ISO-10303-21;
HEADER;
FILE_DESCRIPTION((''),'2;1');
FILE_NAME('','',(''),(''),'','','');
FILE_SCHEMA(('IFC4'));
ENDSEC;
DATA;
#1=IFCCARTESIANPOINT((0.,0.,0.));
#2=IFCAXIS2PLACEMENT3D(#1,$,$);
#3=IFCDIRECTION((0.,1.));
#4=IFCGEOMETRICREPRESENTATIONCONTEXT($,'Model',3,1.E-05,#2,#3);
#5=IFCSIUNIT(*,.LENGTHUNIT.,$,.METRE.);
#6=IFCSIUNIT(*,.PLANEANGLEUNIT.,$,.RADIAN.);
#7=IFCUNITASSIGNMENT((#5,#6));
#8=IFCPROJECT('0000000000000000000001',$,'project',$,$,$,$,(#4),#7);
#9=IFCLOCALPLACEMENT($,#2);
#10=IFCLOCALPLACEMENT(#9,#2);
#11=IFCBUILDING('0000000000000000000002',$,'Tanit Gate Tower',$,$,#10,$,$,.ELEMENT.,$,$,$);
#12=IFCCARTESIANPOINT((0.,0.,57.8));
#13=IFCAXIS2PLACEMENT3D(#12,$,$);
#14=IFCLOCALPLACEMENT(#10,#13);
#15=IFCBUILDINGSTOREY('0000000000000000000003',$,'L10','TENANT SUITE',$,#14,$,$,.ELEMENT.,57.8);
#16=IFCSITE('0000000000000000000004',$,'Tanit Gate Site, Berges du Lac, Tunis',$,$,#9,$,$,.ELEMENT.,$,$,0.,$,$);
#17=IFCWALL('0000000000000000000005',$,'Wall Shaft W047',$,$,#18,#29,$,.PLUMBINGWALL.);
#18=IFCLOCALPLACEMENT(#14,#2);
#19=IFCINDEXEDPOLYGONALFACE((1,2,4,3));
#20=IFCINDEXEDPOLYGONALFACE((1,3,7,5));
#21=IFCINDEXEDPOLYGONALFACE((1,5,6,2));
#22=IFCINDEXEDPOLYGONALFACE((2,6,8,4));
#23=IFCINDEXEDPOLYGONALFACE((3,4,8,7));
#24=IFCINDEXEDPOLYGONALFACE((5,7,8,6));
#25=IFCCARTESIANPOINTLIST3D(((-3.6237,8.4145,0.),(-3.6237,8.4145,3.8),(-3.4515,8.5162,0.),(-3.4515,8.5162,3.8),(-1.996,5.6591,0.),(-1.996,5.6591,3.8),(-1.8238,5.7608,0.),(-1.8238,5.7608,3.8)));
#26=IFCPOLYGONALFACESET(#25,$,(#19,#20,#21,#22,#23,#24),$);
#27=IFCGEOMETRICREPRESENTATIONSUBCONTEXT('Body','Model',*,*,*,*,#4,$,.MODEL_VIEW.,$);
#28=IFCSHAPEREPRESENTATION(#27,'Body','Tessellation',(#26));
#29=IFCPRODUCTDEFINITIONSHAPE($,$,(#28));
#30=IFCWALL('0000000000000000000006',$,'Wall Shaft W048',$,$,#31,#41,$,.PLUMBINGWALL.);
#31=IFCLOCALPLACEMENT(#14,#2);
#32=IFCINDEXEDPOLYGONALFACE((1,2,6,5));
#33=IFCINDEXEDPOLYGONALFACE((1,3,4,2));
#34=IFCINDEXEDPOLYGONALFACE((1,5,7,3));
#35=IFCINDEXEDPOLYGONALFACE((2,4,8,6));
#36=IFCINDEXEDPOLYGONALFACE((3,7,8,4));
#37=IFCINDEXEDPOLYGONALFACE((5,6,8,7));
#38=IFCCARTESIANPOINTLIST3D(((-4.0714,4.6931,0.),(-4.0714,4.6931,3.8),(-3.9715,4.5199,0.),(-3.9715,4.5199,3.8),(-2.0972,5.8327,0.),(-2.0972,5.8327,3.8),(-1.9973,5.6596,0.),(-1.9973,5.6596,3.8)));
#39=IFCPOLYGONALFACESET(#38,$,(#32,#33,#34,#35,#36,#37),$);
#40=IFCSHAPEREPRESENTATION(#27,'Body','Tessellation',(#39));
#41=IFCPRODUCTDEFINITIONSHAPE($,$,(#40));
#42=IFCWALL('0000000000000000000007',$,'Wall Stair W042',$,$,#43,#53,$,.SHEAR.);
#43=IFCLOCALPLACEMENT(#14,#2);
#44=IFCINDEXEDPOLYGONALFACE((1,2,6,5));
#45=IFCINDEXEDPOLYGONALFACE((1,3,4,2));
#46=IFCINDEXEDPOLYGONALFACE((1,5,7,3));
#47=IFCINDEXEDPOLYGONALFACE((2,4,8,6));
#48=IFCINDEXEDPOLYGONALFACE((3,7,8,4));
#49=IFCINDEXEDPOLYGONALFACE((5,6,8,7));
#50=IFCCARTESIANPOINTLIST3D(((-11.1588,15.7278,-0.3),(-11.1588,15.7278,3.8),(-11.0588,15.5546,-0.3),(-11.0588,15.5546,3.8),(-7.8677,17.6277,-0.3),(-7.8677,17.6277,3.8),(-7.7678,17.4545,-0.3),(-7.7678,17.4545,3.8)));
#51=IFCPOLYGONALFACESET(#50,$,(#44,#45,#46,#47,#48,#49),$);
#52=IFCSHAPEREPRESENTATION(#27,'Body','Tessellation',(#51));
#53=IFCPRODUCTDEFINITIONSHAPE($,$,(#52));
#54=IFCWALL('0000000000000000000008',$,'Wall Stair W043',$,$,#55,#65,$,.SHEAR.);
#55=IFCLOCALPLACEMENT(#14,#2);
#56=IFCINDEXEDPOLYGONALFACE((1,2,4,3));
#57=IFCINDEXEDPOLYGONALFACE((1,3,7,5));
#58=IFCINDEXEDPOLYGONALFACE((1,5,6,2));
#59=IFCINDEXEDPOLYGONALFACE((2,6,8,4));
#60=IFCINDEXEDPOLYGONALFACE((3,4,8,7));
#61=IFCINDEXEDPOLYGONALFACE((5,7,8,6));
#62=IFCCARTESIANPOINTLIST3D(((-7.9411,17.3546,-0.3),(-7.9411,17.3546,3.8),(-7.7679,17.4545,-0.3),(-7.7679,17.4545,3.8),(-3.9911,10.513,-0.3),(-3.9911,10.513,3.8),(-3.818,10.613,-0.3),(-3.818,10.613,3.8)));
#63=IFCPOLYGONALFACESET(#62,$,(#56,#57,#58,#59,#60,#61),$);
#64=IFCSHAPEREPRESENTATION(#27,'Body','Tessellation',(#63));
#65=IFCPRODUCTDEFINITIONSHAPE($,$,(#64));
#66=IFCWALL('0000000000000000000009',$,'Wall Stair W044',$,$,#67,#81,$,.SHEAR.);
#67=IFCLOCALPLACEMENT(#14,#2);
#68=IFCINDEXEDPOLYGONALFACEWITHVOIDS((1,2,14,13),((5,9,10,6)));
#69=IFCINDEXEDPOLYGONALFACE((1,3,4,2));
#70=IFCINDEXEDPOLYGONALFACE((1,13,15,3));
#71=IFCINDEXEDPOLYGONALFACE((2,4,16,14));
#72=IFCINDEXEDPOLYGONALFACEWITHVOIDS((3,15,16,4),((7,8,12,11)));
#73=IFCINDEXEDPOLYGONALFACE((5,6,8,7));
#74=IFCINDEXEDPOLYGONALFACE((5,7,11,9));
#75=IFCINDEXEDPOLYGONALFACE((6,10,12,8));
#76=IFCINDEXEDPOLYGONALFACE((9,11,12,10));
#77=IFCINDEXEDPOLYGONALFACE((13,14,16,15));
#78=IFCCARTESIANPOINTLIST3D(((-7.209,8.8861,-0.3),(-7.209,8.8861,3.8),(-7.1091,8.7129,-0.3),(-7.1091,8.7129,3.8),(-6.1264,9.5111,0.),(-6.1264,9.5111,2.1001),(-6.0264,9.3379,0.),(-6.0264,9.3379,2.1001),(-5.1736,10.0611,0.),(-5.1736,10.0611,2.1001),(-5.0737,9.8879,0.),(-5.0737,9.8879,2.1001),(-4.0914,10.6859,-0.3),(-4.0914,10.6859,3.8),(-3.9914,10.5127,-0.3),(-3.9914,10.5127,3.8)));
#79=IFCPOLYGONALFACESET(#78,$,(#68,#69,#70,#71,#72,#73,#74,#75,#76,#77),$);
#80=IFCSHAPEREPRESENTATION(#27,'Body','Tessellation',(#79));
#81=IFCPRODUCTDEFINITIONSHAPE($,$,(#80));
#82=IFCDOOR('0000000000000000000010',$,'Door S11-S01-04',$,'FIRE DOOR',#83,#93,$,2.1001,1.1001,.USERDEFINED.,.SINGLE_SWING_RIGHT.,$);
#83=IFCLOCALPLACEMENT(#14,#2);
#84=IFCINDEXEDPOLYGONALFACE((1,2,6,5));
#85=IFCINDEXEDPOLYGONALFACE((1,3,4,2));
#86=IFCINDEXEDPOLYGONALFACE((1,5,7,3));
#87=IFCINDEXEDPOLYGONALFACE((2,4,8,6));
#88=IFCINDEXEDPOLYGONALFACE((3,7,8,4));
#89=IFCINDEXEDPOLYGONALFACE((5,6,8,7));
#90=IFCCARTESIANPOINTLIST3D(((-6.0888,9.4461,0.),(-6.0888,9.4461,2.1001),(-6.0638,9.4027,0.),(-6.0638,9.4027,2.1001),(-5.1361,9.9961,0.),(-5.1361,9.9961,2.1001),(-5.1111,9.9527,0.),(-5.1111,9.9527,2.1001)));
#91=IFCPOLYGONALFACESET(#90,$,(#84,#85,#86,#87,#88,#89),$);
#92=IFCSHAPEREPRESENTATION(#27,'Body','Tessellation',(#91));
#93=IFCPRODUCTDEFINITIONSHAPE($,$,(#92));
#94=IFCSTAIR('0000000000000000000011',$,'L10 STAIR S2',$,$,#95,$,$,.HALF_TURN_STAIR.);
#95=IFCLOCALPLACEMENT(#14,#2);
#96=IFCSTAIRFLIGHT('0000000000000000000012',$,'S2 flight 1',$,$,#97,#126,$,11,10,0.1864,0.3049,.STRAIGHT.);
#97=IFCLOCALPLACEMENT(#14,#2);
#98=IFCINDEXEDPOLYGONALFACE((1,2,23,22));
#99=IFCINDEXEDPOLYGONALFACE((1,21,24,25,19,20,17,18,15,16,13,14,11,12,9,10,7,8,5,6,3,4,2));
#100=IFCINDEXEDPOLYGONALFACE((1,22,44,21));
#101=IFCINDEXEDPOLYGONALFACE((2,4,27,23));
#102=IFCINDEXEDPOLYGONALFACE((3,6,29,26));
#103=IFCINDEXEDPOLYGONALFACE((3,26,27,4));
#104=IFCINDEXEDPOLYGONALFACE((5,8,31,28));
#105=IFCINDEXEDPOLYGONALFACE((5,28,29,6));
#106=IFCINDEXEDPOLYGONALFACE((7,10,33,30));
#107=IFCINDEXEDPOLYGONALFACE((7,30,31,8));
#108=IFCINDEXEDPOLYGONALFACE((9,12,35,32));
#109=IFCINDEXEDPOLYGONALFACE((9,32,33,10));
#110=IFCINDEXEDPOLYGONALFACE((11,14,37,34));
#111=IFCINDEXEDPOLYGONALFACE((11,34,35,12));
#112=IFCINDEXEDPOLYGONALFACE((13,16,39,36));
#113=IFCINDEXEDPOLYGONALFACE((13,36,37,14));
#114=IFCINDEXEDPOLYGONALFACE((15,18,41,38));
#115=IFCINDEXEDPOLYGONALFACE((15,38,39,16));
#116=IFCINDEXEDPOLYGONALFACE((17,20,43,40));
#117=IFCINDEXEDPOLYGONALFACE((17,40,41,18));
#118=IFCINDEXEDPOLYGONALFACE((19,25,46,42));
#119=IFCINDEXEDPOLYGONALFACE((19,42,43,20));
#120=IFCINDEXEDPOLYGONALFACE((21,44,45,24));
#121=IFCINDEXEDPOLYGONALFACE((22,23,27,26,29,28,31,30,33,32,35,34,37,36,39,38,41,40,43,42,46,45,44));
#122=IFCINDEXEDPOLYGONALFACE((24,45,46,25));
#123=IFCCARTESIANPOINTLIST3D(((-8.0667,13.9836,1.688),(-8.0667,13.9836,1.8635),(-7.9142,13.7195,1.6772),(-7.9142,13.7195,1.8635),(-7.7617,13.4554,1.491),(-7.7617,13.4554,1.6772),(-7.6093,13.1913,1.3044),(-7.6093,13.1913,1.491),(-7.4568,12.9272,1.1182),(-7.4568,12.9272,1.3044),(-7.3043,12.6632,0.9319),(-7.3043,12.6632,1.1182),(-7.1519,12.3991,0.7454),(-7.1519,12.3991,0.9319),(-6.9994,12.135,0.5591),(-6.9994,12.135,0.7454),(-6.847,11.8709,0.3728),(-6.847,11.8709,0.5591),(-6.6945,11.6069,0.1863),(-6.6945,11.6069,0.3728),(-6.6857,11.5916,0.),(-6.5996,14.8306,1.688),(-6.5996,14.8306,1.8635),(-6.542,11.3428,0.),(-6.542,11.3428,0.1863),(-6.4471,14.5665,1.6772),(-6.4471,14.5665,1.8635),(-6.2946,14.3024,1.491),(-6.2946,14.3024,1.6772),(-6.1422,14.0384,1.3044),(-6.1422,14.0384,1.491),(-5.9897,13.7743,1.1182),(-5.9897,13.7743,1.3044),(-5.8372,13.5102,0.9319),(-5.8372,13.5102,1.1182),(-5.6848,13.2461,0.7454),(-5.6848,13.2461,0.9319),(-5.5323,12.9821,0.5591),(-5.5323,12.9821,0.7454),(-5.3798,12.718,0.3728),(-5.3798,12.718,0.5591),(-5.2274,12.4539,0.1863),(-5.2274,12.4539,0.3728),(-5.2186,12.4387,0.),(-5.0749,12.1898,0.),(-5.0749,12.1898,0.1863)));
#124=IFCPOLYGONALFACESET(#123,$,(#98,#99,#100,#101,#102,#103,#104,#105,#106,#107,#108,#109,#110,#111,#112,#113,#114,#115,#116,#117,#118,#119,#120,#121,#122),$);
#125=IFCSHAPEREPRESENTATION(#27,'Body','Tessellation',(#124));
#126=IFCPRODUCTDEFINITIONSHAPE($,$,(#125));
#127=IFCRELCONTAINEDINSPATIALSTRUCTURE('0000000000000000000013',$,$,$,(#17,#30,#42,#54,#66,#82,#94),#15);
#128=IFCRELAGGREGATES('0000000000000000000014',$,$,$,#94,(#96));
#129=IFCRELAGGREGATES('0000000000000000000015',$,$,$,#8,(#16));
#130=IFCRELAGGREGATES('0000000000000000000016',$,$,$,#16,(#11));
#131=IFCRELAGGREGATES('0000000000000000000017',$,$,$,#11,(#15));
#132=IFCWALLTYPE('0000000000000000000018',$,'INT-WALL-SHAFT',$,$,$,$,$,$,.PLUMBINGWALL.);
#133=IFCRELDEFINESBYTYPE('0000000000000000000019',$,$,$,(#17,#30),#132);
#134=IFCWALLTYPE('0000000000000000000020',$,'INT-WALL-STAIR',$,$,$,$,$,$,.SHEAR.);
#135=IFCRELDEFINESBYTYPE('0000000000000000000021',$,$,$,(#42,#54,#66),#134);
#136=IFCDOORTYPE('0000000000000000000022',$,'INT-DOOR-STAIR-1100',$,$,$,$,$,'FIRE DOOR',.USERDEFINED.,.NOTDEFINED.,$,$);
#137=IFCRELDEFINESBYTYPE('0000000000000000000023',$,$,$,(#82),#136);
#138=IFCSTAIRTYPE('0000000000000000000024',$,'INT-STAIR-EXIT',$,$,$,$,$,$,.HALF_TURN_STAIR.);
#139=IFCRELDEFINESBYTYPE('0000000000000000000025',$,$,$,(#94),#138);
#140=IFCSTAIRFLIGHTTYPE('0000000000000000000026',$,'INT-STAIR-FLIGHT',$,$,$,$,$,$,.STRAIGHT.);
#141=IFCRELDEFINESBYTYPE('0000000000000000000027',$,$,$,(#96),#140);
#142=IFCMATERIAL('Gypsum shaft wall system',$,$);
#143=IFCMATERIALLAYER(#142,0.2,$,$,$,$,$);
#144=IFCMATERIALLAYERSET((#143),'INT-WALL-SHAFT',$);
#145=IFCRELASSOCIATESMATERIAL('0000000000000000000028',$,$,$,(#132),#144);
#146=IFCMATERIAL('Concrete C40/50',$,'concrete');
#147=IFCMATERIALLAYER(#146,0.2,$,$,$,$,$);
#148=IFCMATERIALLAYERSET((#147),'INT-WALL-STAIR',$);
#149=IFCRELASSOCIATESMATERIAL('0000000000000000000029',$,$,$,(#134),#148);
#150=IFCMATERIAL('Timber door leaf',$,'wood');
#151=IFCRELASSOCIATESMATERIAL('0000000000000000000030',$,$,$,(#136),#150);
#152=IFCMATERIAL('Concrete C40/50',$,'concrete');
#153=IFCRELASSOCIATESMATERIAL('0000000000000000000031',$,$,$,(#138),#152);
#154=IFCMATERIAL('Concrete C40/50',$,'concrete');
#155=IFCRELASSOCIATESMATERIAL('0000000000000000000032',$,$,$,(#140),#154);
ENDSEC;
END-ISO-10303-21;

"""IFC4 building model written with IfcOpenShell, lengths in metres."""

from ifc_helpers import new_model, si_unit, direction, frame, frame_2d, origin, place, context, subcontext, project, spatial, polyline, rectangle, outline, extrude, material, layer, layer_set, type_object, element, fill, aggregate, save


model = new_model("IFC4")

# Units and contexts
model_context = context("Model", 3, precision=1e-05, world=origin(), true_north=direction((0.0, 1.0)))
body_context = subcontext(model_context, "Body", "Model", "MODEL_VIEW")
ifc_project = project(units=[si_unit("LENGTHUNIT", "METRE"), si_unit("PLANEANGLEUNIT", "RADIAN")], contexts=[model_context])

# Site, building, storey
site_placement = place(None, origin())
site = spatial("IfcSite", under=ifc_project, at=site_placement, Name="Tanit Gate Site, Berges du Lac, Tunis", CompositionType="ELEMENT", RefElevation=0.0)
building_placement = place(site_placement, origin())
building = spatial("IfcBuilding", under=site, at=building_placement, Name="Tanit Gate Tower", CompositionType="ELEMENT")
storey_placement = place(building_placement, frame((0.0, 0.0, 57.8)))
storey = spatial("IfcBuildingStorey", under=building, at=storey_placement, Name="L10", Description="TENANT SUITE", CompositionType="ELEMENT", Elevation=57.8)

# Shared definitions
ifc_material_1 = material(Name="Gypsum shaft wall system")
ifc_layer_1 = layer(ifc_material_1, 0.2)
ifc_layer_set_1 = layer_set([ifc_layer_1], Name="INT-WALL-SHAFT")
wall_type_1 = type_object("IfcWallType", Name="INT-WALL-SHAFT", PredefinedType="PLUMBINGWALL", material=ifc_layer_set_1)

# Walls
wall_1_placement = place(storey_placement, frame((-3.5376, 8.4653, 0.0), z_axis=(0.0, 0.0, 1.0), x_axis=(0.508616, -0.860993, 0.0)))
element("IfcWall", 1, at=wall_1_placement, inside=storey, type_object=wall_type_1, Name="Wall Shaft W047", PredefinedType="PLUMBINGWALL", context=body_context, shape_type="SweptSolid", body=[
    extrude(rectangle(XDim=3.2002, YDim=0.2, at=frame_2d((1.6001, 0.0))), origin(), (0.0, 0.0, 1.0), 3.8),
])
wall_2_placement = place(storey_placement, frame((-2.0474, 5.7461, 0.0), z_axis=(0.0, 0.0, 1.0), x_axis=(-0.866046, -0.499964, 0.0)))
element("IfcWall", 2, at=wall_2_placement, inside=storey, type_object=wall_type_1, Name="Wall Shaft W048", PredefinedType="PLUMBINGWALL", context=body_context, shape_type="SweptSolid", body=[
    extrude(rectangle(XDim=2.2795, YDim=0.2, at=frame_2d((1.1396, 0.0))), origin(), (0.0, 0.0, 1.0), 3.8),
])
ifc_material_2 = material(Name="Concrete C40/50", Category="concrete")
ifc_layer_2 = layer(ifc_material_2, 0.2)
ifc_layer_set_2 = layer_set([ifc_layer_2], Name="INT-WALL-STAIR")
wall_type_2 = type_object("IfcWallType", Name="INT-WALL-STAIR", PredefinedType="SHEAR", material=ifc_layer_set_2)
wall_3_placement = place(storey_placement, frame((-7.8179, 17.541, -0.3), z_axis=(0.0, 0.0, 1.0), x_axis=(-0.866044, -0.499967, 0.0)))
element("IfcWall", 3, at=wall_3_placement, inside=storey, type_object=wall_type_2, Name="Wall Stair W042", PredefinedType="SHEAR", context=body_context, shape_type="SweptSolid", body=[
    extrude(rectangle(XDim=3.8, YDim=0.2, at=frame_2d((1.8999, 0.0))), origin(), (0.0, 0.0, 1.0), 4.1001),
])
wall_4_placement = place(storey_placement, frame((-7.8545, 17.4045, -0.3), z_axis=(0.0, 0.0, 1.0), x_axis=(0.499998, -0.866027, 0.0)))
element("IfcWall", 4, at=wall_4_placement, inside=storey, type_object=wall_type_2, Name="Wall Stair W043", PredefinedType="SHEAR", context=body_context, shape_type="SweptSolid", body=[
    extrude(rectangle(XDim=7.8999, YDim=0.2, at=frame_2d((3.95, 0.0))), origin(), (0.0, 0.0, 1.0), 4.1001),
])

# Wall, opening, door
wall_5_placement = place(storey_placement, frame((-7.1589, 8.7996, -0.3), z_axis=(0.0, 0.0, 1.0), x_axis=(0.866048, 0.499961, 0.0)))
wall_5 = element("IfcWall", 5, at=wall_5_placement, inside=storey, type_object=wall_type_2, Name="Wall Stair W044", PredefinedType="SHEAR", context=body_context, shape_type="SweptSolid", body=[
    extrude(rectangle(XDim=3.5999, YDim=0.2, at=frame_2d((1.7998, 0.0))), origin(), (0.0, 0.0, 1.0), 4.1001),
])
opening_1_placement = place(wall_5_placement, frame((1.25, 0.0, 0.3)))
opening_1 = element("IfcOpeningElement", 6, at=opening_1_placement, cuts=wall_5, PredefinedType="OPENING", context=body_context, shape_type="SweptSolid", body=[
    extrude(rectangle(XDim=1.1001, YDim=2.1001, at=frame_2d((0.55, 1.05))), frame((0.0, 0.1099, 0.0), z_axis=(0.0, -1.0, 0.0), x_axis=(1.0, 0.0, 0.0)), (0.0, 0.0, 1.0), 0.22),
])
ifc_material_3 = material(Name="Timber door leaf", Category="wood")
door_type_1 = type_object("IfcDoorType", Name="INT-DOOR-STAIR-1100", ElementType="FIRE DOOR", OperationType="NOTDEFINED", PredefinedType="USERDEFINED", material=ifc_material_3)
door_1_placement = place(opening_1_placement, origin())
door_1 = element("IfcDoor", 7, at=door_1_placement, inside=storey, type_object=door_type_1, Name="Door S11-S01-04", ObjectType="FIRE DOOR", OperationType="SINGLE_SWING_RIGHT", OverallHeight=2.1001, OverallWidth=1.1001, PredefinedType="USERDEFINED", context=body_context, shape_type="SweptSolid", body=[
    extrude(rectangle(XDim=1.1001, YDim=2.1001, at=frame_2d((0.55, 1.05))), frame((0.0, 0.0249, 0.0), z_axis=(0.0, -1.0, 0.0), x_axis=(1.0, 0.0, 0.0)), (0.0, 0.0, 1.0), 0.05),
])
fill(opening_1, door_1)

# Stair, stair flight
ifc_material_4 = material(Name="Concrete C40/50", Category="concrete")
stair_type = type_object("IfcStairType", Name="INT-STAIR-EXIT", PredefinedType="HALF_TURN_STAIR", material=ifc_material_4)
stair_placement = place(storey_placement, origin())
stair = element("IfcStair", 8, at=stair_placement, inside=storey, type_object=stair_type, Name="L10 STAIR S2", PredefinedType="HALF_TURN_STAIR")
ifc_material_5 = material(Name="Concrete C40/50", Category="concrete")
stair_flight_type = type_object("IfcStairFlightType", Name="INT-STAIR-FLIGHT", PredefinedType="STRAIGHT", material=ifc_material_5)
stair_flight_placement = place(storey_placement, frame((-5.8083, 11.7664, 0.0), z_axis=(0.0, 0.0, 1.0), x_axis=(-0.5, 0.866025, 0.0)))
stair_flight = element("IfcStairFlight", 9, at=stair_flight_placement, type_object=stair_flight_type, Name="S2 flight 1", NumberOfRisers=11, NumberOfTreads=10, PredefinedType="STRAIGHT", RiserHeight=0.1864, TreadLength=0.3049, context=body_context, shape_type="SweptSolid", body=[
    extrude(outline(polyline([(0.0, 0.0), (0.0, 0.1863), (0.3049, 0.1863), (0.3049, 0.3728), (0.6099, 0.3728), (0.6099, 0.5591), (0.9148, 0.5591), (0.9148, 0.7454), (1.2197, 0.7454), (1.2197, 0.9319), (1.5247, 0.9319), (1.5247, 1.1182), (1.8296, 1.1182), (1.8296, 1.3044), (2.1345, 1.3044), (2.1345, 1.491), (2.4395, 1.491), (2.4395, 1.6772), (2.7444, 1.6772), (2.7444, 1.8635), (3.0493, 1.8635), (3.0493, 2.05), (3.0493, 1.688), (0.2874, 0.0), (0.0, 0.0)])), frame((0.0, 0.8472, 0.0), z_axis=(0.0, -1.0, 0.0), x_axis=(1.0, 0.0, 0.0)), (0.0, 0.0, 1.0), 1.6941),
])
aggregate(stair, [stair_flight])

save(model, "model.ifc")
